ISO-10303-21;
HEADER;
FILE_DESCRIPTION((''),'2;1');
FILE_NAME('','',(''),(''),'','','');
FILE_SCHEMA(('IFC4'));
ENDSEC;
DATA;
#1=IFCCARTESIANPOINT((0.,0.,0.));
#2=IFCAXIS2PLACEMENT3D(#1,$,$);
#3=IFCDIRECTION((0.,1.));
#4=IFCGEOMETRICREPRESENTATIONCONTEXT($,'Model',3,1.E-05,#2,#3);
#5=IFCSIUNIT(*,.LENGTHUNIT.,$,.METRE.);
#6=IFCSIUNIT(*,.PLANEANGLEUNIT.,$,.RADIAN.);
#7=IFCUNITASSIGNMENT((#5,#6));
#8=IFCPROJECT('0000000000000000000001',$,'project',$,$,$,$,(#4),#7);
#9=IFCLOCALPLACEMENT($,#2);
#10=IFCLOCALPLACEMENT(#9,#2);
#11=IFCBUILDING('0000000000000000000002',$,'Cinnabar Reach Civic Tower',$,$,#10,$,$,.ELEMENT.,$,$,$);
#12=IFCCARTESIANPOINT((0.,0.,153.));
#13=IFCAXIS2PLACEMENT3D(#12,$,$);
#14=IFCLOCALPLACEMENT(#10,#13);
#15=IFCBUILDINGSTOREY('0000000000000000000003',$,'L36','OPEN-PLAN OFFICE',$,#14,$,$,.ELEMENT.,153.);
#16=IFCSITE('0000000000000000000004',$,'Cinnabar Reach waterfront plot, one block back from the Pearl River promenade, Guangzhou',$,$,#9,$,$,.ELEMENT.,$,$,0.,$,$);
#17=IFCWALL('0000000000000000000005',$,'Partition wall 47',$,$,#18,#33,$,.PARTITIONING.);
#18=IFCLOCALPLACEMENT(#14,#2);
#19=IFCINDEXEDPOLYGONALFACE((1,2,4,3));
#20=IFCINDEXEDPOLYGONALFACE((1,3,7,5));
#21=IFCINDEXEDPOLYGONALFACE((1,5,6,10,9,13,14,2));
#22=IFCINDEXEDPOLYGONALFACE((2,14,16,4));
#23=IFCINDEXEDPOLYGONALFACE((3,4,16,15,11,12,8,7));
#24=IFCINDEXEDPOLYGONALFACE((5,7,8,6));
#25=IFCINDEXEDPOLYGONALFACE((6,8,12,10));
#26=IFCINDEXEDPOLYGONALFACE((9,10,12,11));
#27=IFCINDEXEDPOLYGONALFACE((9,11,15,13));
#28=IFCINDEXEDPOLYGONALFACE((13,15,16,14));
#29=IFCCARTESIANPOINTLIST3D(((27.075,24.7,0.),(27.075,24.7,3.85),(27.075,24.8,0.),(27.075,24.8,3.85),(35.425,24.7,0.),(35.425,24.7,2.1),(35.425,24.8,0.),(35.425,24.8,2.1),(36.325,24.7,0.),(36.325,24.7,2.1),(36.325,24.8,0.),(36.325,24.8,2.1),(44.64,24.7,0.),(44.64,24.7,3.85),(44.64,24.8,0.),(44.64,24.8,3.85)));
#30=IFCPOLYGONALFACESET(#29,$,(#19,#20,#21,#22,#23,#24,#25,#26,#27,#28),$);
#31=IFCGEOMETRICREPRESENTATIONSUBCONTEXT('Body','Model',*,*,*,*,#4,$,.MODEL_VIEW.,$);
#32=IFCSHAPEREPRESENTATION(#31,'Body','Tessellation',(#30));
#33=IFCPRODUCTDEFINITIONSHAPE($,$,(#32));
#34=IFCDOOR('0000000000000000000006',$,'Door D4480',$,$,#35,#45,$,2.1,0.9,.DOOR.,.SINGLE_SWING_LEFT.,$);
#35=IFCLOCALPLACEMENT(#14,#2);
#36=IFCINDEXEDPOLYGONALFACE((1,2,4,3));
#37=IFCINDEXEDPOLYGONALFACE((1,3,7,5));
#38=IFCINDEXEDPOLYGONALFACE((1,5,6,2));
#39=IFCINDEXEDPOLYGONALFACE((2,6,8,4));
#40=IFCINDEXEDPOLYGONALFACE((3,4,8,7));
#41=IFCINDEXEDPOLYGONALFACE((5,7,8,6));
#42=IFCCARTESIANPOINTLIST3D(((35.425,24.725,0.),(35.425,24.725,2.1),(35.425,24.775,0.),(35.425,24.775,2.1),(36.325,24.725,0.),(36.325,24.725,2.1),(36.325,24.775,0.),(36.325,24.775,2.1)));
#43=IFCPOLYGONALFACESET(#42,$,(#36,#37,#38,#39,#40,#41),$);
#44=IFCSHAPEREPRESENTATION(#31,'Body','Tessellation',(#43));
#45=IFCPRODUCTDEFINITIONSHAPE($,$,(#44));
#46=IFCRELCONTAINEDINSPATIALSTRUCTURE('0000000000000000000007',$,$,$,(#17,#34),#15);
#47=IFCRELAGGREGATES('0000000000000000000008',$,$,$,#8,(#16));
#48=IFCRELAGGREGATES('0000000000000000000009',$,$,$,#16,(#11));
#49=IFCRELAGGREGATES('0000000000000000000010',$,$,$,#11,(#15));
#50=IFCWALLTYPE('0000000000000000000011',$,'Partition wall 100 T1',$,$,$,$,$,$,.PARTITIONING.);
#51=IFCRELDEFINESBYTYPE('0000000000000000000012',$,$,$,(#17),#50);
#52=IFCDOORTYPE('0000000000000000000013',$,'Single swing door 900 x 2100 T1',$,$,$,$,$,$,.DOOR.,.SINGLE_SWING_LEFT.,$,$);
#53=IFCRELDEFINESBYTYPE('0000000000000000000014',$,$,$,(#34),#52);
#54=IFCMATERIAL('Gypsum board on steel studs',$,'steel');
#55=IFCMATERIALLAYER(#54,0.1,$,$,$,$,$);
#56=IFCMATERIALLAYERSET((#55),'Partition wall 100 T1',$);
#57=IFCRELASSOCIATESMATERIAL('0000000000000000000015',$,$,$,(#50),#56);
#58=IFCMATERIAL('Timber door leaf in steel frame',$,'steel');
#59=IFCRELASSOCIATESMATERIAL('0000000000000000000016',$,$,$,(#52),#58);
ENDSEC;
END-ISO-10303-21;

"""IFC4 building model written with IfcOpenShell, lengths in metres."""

from ifc_helpers import new_model, si_unit, direction, frame, frame_2d, origin, place, context, subcontext, project, spatial, rectangle, extrude, material, layer, layer_set, type_object, element, fill, save


model = new_model("IFC4")

# Units and contexts
model_context = context("Model", 3, precision=1e-05, world=origin(), true_north=direction((0.0, 1.0)))
body_context = subcontext(model_context, "Body", "Model", "MODEL_VIEW")
ifc_project = project(units=[si_unit("LENGTHUNIT", "METRE"), si_unit("PLANEANGLEUNIT", "RADIAN")], contexts=[model_context])

# Site, building, storey
site_placement = place(None, origin())
site = spatial("IfcSite", under=ifc_project, at=site_placement, Name="Cinnabar Reach waterfront plot, one block back from the Pearl River promenade, Guangzhou", CompositionType="ELEMENT", RefElevation=0.0)
building_placement = place(site_placement, origin())
building = spatial("IfcBuilding", under=site, at=building_placement, Name="Cinnabar Reach Civic Tower", CompositionType="ELEMENT")
storey_placement = place(building_placement, frame((0.0, 0.0, 153.0)))
storey = spatial("IfcBuildingStorey", under=building, at=storey_placement, Name="L36", Description="OPEN-PLAN OFFICE", CompositionType="ELEMENT", Elevation=153.0)

# Shared definitions
ifc_material_1 = material(Name="Timber door leaf in steel frame", Category="steel")

# Wall, opening, door
ifc_material_2 = material(Name="Gypsum board on steel studs", Category="steel")
ifc_layer_1 = layer(ifc_material_2, 0.1)
ifc_layer_set_1 = layer_set([ifc_layer_1], Name="Partition wall 100 T1")
wall_type_1 = type_object("IfcWallType", Name="Partition wall 100 T1", PredefinedType="PARTITIONING", material=ifc_layer_set_1)
wall_1_placement = place(storey_placement, frame((27.075, 24.75, 0.0), z_axis=(0.0, 0.0, 1.0), x_axis=(1.0, 0.0, 0.0)))
wall_1 = element("IfcWall", 1, at=wall_1_placement, inside=storey, type_object=wall_type_1, Name="Partition wall 47", PredefinedType="PARTITIONING", context=body_context, shape_type="SweptSolid", body=[
    extrude(rectangle(XDim=17.565, YDim=0.1, at=frame_2d((8.7825, 0.0))), origin(), (0.0, 0.0, 1.0), 3.85),
])
opening_1_placement = place(wall_1_placement, frame((8.35, 0.0, 0.0)))
opening_1 = element("IfcOpeningElement", 2, at=opening_1_placement, cuts=wall_1, PredefinedType="OPENING", context=body_context, shape_type="SweptSolid", body=[
    extrude(rectangle(XDim=0.9, YDim=2.1, at=frame_2d((0.45, 1.05))), frame((0.0, 0.06, 0.0), z_axis=(0.0, -1.0, 0.0), x_axis=(1.0, 0.0, 0.0)), (0.0, 0.0, 1.0), 0.12),
])
door_type_1 = type_object("IfcDoorType", Name="Single swing door 900 x 2100 T1", OperationType="SINGLE_SWING_LEFT", PredefinedType="DOOR", material=ifc_material_1)
door_1_placement = place(opening_1_placement, frame((0.9, 0.0, 0.0), z_axis=(0.0, 0.0, 1.0), x_axis=(-1.0, 0.0, 0.0)))
door_1 = element("IfcDoor", 3, at=door_1_placement, inside=storey, type_object=door_type_1, Name="Door D4480", OperationType="SINGLE_SWING_LEFT", OverallHeight=2.1, OverallWidth=0.9, PredefinedType="DOOR", context=body_context, shape_type="SweptSolid", body=[
    extrude(rectangle(XDim=0.9, YDim=2.1, at=frame_2d((0.45, 1.05))), frame((0.0, 0.025, 0.0), z_axis=(0.0, -1.0, 0.0), x_axis=(1.0, 0.0, 0.0)), (0.0, 0.0, 1.0), 0.05),
])
fill(opening_1, door_1)

save(model, "model.ifc")
